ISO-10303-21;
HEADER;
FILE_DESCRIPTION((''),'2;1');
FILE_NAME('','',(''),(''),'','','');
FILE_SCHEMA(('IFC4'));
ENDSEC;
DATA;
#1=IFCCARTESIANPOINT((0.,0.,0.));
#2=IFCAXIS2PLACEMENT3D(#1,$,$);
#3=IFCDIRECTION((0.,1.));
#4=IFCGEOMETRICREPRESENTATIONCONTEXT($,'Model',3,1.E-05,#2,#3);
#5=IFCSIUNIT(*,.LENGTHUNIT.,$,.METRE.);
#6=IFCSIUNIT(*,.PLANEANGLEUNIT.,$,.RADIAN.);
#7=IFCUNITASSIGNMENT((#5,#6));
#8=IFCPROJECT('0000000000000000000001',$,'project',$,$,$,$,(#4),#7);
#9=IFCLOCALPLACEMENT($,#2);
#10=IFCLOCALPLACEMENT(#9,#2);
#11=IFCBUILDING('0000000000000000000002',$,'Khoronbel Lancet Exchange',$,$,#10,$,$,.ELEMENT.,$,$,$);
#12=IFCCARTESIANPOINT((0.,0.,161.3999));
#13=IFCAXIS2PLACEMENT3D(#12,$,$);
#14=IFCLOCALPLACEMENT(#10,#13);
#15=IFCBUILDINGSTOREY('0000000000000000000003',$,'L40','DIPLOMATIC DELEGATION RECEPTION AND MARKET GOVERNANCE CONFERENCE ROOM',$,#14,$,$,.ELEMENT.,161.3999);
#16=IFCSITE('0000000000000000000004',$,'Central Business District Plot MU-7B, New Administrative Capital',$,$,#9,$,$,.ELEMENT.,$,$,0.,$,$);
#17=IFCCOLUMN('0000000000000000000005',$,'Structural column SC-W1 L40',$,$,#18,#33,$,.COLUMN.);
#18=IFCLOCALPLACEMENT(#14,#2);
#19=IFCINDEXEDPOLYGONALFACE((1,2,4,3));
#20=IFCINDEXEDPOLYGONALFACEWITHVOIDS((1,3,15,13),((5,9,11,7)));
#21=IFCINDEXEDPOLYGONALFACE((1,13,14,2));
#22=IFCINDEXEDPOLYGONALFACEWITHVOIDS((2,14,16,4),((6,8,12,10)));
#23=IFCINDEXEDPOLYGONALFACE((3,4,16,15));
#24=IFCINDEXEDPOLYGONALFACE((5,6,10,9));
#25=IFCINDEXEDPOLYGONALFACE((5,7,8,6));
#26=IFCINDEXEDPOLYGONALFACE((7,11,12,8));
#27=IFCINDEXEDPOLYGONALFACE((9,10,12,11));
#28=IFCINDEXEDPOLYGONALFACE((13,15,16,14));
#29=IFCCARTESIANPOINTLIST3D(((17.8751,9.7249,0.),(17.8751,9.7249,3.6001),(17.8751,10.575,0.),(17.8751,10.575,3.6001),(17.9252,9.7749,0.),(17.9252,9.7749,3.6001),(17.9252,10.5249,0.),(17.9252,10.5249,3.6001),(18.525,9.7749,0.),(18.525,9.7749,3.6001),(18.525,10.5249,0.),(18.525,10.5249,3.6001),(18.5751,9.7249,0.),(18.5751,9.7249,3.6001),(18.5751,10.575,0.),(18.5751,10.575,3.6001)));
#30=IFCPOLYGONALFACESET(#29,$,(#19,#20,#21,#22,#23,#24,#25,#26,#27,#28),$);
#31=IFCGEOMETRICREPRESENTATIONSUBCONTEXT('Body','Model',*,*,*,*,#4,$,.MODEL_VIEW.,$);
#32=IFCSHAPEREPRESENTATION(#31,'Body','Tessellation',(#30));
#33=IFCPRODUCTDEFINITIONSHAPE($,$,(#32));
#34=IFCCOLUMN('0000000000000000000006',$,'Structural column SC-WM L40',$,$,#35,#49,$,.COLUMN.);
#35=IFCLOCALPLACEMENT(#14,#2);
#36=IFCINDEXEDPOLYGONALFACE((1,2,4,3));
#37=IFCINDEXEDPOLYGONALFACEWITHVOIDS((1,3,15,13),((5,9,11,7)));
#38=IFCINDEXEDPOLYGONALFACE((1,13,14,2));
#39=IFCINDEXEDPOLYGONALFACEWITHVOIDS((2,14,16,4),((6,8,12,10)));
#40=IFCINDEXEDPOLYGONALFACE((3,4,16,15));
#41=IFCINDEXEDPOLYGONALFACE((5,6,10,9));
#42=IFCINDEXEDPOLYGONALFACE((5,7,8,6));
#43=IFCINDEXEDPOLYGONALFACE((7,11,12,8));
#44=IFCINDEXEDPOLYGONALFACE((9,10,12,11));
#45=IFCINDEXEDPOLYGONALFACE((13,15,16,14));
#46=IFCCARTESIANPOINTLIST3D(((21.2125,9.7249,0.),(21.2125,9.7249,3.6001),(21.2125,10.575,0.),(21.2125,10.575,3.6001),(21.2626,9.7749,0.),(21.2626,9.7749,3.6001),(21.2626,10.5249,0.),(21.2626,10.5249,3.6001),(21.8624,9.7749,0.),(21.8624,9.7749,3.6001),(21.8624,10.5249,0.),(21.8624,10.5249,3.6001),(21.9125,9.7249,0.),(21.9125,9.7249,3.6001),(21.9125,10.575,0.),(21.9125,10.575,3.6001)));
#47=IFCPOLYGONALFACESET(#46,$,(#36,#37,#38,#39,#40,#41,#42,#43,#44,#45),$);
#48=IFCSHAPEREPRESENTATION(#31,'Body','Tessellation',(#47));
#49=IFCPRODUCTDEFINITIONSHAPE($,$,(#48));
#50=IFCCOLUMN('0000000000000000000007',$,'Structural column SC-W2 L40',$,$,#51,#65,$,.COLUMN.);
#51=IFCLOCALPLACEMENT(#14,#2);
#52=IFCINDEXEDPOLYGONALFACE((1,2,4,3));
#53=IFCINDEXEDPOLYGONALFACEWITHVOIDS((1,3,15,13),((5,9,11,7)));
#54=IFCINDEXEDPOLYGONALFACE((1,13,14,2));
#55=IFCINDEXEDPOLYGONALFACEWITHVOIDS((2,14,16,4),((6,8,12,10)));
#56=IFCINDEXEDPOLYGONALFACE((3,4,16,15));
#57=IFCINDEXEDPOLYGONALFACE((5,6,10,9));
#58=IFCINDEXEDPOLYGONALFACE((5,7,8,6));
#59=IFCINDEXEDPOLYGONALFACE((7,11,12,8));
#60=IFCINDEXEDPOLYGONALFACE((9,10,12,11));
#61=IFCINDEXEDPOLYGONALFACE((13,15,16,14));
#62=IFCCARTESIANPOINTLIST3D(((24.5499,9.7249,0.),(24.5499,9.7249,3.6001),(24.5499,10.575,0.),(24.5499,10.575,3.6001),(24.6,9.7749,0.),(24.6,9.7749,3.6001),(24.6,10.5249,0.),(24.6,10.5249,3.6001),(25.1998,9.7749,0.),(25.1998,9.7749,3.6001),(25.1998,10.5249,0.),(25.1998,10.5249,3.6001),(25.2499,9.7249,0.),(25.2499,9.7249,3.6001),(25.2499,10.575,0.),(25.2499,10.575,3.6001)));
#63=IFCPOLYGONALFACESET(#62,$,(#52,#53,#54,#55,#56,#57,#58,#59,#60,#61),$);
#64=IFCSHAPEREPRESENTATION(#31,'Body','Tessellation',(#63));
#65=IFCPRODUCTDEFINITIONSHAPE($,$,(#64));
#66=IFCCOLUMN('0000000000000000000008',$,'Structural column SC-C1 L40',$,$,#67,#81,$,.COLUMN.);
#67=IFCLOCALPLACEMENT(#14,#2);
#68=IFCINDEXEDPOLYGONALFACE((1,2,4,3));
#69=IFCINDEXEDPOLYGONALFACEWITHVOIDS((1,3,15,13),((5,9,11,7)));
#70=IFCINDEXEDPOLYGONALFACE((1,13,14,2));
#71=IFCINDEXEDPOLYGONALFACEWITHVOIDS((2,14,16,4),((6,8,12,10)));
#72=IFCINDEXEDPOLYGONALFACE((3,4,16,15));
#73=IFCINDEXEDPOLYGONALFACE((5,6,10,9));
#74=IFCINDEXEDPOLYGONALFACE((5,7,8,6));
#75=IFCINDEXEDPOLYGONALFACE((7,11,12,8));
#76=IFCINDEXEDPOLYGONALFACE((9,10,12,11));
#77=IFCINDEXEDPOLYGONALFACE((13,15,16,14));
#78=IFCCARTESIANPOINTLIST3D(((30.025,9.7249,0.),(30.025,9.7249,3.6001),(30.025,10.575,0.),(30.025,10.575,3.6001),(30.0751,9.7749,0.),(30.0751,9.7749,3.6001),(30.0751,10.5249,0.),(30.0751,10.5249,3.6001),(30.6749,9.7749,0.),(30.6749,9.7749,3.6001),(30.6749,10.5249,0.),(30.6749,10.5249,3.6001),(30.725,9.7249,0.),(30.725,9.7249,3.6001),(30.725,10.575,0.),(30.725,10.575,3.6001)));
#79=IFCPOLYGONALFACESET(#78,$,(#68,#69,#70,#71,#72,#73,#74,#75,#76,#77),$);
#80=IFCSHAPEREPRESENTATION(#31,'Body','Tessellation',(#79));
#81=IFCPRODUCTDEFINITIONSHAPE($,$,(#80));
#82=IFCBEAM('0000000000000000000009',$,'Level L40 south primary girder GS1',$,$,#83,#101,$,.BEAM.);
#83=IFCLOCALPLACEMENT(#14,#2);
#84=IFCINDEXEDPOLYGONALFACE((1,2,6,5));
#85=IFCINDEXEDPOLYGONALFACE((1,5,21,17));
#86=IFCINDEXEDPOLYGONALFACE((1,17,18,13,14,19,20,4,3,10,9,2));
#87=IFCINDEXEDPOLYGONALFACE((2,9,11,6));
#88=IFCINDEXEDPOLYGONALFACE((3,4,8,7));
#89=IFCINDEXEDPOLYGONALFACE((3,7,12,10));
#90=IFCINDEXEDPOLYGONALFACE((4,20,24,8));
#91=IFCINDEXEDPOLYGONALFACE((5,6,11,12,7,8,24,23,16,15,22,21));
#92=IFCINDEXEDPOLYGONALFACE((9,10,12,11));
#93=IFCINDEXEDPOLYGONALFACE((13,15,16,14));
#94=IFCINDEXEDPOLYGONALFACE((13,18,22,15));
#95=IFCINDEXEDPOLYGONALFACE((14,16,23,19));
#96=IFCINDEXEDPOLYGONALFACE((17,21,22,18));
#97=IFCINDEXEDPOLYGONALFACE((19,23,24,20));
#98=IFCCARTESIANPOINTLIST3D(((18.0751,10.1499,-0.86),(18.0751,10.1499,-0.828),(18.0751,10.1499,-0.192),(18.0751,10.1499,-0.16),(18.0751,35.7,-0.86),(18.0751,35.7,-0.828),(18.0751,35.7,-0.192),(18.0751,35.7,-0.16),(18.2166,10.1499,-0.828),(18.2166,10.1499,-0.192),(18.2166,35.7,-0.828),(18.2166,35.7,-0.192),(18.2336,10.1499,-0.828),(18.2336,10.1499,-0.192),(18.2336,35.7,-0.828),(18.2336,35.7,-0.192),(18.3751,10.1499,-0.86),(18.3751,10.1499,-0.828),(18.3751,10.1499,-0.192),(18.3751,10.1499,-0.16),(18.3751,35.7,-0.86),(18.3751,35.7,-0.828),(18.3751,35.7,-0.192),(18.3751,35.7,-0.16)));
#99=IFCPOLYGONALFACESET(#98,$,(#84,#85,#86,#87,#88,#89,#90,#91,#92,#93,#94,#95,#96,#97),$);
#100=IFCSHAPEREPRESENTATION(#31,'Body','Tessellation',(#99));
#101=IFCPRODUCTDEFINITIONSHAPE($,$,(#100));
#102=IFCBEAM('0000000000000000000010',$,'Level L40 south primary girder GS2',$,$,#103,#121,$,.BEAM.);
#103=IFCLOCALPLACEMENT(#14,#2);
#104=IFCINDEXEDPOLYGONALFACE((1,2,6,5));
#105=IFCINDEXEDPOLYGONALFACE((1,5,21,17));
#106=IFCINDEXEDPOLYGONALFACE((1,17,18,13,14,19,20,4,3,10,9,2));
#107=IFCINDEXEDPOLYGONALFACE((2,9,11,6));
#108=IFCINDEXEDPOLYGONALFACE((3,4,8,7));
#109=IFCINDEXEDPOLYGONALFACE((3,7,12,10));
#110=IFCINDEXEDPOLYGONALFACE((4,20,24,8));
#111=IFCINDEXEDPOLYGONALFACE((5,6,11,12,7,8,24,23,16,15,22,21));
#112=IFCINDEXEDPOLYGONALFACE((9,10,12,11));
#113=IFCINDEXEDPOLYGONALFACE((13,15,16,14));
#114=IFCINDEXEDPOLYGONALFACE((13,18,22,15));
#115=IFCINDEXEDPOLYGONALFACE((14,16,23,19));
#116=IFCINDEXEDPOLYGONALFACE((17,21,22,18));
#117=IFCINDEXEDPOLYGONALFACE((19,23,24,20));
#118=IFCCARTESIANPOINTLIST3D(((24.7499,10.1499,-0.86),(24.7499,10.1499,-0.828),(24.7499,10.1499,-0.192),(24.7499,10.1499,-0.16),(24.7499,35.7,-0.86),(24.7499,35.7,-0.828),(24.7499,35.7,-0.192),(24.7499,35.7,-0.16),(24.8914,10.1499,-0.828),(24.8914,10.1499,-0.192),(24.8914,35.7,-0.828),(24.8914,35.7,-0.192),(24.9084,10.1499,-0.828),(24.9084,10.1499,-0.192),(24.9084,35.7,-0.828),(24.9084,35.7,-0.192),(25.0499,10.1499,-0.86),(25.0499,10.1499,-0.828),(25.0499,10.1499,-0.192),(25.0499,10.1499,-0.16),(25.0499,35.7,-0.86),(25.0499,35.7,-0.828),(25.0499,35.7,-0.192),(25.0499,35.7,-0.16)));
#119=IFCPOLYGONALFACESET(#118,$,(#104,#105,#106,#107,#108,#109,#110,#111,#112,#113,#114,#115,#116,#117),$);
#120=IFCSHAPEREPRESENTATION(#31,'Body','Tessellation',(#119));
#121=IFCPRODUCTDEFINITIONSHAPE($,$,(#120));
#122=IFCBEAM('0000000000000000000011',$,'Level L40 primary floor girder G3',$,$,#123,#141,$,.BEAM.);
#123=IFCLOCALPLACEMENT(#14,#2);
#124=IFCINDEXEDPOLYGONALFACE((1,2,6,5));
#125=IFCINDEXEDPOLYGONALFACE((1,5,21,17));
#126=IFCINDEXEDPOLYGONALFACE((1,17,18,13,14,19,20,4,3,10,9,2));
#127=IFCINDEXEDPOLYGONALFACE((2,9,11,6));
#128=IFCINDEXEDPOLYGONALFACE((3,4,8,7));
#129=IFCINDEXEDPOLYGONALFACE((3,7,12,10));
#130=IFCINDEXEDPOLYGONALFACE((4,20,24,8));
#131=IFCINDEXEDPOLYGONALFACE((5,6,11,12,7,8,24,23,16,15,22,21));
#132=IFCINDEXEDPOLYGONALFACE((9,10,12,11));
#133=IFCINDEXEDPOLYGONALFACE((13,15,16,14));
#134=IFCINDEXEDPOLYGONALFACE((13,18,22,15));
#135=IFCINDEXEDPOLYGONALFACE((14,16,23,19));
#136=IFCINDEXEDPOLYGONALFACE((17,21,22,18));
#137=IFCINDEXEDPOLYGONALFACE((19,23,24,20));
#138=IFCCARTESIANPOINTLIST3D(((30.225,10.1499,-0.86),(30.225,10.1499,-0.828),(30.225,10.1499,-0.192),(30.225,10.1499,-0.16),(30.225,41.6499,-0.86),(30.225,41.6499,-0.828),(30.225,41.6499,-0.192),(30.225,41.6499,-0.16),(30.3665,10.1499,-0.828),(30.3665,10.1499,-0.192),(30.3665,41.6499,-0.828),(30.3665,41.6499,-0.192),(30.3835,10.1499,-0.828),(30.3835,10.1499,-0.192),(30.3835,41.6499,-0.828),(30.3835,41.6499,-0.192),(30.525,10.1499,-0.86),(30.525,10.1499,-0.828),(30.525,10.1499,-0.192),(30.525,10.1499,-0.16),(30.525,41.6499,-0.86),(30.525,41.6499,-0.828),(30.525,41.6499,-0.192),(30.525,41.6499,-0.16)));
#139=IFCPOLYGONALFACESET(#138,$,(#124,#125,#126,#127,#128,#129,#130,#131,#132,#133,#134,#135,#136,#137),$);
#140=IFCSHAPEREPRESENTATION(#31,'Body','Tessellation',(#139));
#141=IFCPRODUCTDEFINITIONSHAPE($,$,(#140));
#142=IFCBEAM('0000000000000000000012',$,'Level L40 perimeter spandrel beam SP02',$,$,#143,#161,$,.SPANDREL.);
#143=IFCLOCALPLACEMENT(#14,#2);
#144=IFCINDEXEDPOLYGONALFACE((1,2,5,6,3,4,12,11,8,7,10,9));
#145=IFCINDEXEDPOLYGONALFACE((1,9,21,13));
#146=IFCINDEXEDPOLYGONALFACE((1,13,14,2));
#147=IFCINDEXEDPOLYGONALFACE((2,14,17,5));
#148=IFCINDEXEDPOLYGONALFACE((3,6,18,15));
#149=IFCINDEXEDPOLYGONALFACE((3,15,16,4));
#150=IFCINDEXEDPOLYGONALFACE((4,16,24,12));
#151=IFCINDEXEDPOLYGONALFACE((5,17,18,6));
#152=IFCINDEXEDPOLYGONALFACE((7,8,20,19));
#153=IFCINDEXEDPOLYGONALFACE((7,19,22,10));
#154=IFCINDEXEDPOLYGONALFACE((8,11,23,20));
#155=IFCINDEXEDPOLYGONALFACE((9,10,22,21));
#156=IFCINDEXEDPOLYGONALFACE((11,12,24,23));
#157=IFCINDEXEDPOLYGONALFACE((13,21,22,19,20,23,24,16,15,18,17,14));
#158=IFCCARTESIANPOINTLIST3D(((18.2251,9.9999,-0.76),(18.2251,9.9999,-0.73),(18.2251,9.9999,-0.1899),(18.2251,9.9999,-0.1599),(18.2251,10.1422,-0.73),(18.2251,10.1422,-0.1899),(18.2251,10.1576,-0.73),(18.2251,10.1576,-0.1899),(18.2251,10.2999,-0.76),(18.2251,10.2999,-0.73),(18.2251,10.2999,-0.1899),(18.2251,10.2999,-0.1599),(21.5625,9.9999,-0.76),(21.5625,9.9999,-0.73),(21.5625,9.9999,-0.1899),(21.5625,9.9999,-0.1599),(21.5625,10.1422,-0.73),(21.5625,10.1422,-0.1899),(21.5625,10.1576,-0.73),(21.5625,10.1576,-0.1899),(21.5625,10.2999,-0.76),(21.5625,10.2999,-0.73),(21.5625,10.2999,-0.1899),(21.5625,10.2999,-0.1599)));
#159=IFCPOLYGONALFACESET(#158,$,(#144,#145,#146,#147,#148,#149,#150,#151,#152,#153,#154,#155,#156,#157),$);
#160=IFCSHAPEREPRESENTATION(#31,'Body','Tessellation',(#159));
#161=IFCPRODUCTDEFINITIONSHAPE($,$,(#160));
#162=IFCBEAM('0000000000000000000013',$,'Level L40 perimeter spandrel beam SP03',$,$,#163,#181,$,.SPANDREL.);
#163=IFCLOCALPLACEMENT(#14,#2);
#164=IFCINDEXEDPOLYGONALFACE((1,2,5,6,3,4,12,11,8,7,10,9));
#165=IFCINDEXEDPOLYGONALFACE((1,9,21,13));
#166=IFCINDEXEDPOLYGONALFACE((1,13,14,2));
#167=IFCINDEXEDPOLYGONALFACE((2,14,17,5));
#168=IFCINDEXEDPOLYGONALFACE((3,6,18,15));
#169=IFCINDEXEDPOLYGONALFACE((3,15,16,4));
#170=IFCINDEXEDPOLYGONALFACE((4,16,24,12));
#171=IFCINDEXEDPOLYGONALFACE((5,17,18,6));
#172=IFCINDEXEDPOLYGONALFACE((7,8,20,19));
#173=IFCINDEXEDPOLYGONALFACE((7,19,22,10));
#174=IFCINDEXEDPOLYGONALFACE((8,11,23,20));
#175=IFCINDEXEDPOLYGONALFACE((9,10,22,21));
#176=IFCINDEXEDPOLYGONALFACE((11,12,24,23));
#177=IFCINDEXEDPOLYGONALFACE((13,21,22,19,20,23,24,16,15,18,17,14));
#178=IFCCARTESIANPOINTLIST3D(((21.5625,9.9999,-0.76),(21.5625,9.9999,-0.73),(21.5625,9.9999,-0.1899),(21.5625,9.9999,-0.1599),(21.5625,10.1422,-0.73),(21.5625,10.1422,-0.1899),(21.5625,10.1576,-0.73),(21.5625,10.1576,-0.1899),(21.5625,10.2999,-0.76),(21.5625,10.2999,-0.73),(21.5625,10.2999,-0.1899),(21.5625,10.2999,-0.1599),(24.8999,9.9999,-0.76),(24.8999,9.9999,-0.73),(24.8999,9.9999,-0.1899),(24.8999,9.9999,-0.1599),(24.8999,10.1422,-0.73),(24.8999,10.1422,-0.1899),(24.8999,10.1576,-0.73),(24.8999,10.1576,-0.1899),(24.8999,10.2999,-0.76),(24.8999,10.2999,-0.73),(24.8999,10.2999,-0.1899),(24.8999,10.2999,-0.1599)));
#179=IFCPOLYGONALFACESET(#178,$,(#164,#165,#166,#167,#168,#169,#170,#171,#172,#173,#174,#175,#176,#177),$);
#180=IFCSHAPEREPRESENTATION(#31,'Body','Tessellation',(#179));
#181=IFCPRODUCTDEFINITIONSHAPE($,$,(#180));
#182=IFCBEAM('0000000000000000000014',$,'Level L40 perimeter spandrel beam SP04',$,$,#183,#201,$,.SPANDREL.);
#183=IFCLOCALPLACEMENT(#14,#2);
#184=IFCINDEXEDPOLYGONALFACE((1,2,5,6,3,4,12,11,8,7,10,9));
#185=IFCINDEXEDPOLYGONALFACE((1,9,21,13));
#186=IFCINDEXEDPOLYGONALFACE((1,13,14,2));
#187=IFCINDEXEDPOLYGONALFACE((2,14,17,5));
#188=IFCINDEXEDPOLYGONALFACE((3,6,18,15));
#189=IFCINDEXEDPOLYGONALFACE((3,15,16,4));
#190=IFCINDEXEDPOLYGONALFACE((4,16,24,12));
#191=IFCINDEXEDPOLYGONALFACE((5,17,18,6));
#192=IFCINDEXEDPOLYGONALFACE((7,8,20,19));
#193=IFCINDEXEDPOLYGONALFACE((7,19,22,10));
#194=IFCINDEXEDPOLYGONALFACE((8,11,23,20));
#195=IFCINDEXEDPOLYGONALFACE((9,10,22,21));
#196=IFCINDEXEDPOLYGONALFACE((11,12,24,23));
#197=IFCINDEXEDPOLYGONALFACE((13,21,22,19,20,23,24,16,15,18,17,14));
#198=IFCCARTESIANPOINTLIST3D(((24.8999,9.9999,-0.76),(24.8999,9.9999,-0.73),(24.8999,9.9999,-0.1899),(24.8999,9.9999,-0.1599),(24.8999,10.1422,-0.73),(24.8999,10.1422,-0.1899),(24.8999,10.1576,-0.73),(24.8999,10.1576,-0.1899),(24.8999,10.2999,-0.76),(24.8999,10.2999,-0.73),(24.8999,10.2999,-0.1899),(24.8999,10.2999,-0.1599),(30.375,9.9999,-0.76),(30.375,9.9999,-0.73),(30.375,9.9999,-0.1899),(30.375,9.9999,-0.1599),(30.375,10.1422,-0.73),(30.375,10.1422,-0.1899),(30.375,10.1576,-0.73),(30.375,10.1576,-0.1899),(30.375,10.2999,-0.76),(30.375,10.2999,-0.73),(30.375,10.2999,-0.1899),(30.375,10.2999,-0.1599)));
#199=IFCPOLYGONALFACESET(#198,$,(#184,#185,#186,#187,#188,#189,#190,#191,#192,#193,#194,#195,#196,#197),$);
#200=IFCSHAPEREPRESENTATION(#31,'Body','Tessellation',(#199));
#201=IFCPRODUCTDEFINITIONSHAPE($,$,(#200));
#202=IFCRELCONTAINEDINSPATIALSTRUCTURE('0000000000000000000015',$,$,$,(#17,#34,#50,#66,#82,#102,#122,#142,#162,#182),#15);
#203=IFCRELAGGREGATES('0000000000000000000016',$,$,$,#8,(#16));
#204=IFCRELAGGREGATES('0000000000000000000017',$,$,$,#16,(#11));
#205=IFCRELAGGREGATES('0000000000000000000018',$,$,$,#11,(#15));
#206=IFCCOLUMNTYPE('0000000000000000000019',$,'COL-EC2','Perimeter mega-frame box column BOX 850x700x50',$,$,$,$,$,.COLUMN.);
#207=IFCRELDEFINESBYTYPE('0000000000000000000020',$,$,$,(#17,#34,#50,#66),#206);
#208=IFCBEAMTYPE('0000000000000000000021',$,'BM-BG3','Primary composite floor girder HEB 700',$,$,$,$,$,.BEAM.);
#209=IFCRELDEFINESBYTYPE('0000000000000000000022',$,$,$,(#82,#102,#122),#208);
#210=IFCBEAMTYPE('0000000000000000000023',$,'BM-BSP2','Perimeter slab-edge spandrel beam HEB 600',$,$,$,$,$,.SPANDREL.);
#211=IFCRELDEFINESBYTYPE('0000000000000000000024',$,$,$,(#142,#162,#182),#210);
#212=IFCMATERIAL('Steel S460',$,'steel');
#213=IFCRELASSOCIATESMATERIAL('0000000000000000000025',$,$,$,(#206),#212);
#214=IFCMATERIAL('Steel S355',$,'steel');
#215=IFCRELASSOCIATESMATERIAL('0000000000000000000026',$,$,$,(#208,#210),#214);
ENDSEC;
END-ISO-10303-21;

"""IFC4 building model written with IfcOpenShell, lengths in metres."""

from ifc_helpers import new_model, si_unit, direction, frame, origin, origin_2d, place, context, subcontext, project, spatial, hollow_rectangle, i_section, extrude, material, material_profile, profile_set, type_object, element, save


model = new_model("IFC4")

# Units and contexts
model_context = context("Model", 3, precision=1e-05, world=origin(), true_north=direction((0.0, 1.0)))
body_context = subcontext(model_context, "Body", "Model", "MODEL_VIEW")
ifc_project = project(units=[si_unit("LENGTHUNIT", "METRE"), si_unit("PLANEANGLEUNIT", "RADIAN")], contexts=[model_context])

# Site, building, storey
site_placement = place(None, origin())
site = spatial("IfcSite", under=ifc_project, at=site_placement, Name="Central Business District Plot MU-7B, New Administrative Capital", CompositionType="ELEMENT", RefElevation=0.0)
building_placement = place(site_placement, origin())
building = spatial("IfcBuilding", under=site, at=building_placement, Name="Khoronbel Lancet Exchange", CompositionType="ELEMENT")
storey_placement = place(building_placement, frame((0.0, 0.0, 161.3999)))
storey = spatial("IfcBuildingStorey", under=building, at=storey_placement, Name="L40", Description="DIPLOMATIC DELEGATION RECEPTION AND MARKET GOVERNANCE CONFERENCE ROOM", CompositionType="ELEMENT", Elevation=161.3999)

# Columns
ifc_material_1 = material(Name="Steel S460", Category="steel")
ifc_material_profile_1 = material_profile(ifc_material_1, hollow_rectangle(XDim=0.7, YDim=0.8501, WallThickness=0.05, at=origin_2d()), Name="BOX 850x700x50")
ifc_profile_set_1 = profile_set([ifc_material_profile_1], Name="Steel S460")
column_type = type_object("IfcColumnType", Name="COL-EC2", Description="Perimeter mega-frame box column BOX 850x700x50", PredefinedType="COLUMN", material=ifc_profile_set_1)
for number, where, z_axis, x_axis, name in (
    (1, (18.2251, 10.1499, 0.0), (0.0, 0.0, 1.0), (1.0, 0.0, 0.0), "Structural column SC-W1 L40"),
    (2, (21.5625, 10.1499, 0.0), (0.0, 0.0, 1.0), (1.0, 0.0, 0.0), "Structural column SC-WM L40"),
    (3, (24.8999, 10.1499, 0.0), (0.0, 0.0, 1.0), (1.0, 0.0, 0.0), "Structural column SC-W2 L40"),
    (4, (30.375, 10.1499, 0.0), (0.0, 0.0, 1.0), (1.0, 0.0, 0.0), "Structural column SC-C1 L40"),
):
    element("IfcColumn", number, at=place(storey_placement, frame(where, z_axis=z_axis, x_axis=x_axis)), inside=storey, type_object=column_type, Name=name, PredefinedType="COLUMN", context=body_context, shape_type="SweptSolid", body=[
        extrude(hollow_rectangle(XDim=0.7, YDim=0.8501, WallThickness=0.05, at=origin_2d()), origin(), (0.0, 0.0, 1.0), 3.6001),
    ])

# Beams
ifc_material_2 = material(Name="Steel S355", Category="steel")
ifc_material_profile_2 = material_profile(ifc_material_2, i_section(OverallWidth=0.3, OverallDepth=0.7, WebThickness=0.0171, FlangeThickness=0.032, at=origin_2d()), Name="HEB 700")
ifc_profile_set_2 = profile_set([ifc_material_profile_2], Name="Steel S355")
beam_type_1 = type_object("IfcBeamType", Name="BM-BG3", Description="Primary composite floor girder HEB 700", PredefinedType="BEAM", material=ifc_profile_set_2)
for number, where, z_axis, x_axis, name in (
    (5, (18.2251, 10.1499, -0.51), (0.0, 1.0, 0.0), (-1.0, 0.0, 0.0), "Level L40 south primary girder GS1"),
    (6, (24.8999, 10.1499, -0.51), (0.0, 1.0, 0.0), (-1.0, 0.0, 0.0), "Level L40 south primary girder GS2"),
):
    element("IfcBeam", number, at=place(storey_placement, frame(where, z_axis=z_axis, x_axis=x_axis)), inside=storey, type_object=beam_type_1, Name=name, PredefinedType="BEAM", context=body_context, shape_type="SweptSolid", body=[
        extrude(i_section(OverallWidth=0.3, OverallDepth=0.7, WebThickness=0.0171, FlangeThickness=0.032, at=origin_2d()), origin(), (0.0, 0.0, 1.0), 25.55),
    ])
beam_1_placement = place(storey_placement, frame((30.375, 10.1499, -0.51), z_axis=(0.0, 1.0, 0.0), x_axis=(-1.0, 0.0, 0.0)))
element("IfcBeam", 7, at=beam_1_placement, inside=storey, type_object=beam_type_1, Name="Level L40 primary floor girder G3", PredefinedType="BEAM", context=body_context, shape_type="SweptSolid", body=[
    extrude(i_section(OverallWidth=0.3, OverallDepth=0.7, WebThickness=0.0171, FlangeThickness=0.032, at=origin_2d()), origin(), (0.0, 0.0, 1.0), 31.5),
])
ifc_material_profile_3 = material_profile(ifc_material_2, i_section(OverallWidth=0.3, OverallDepth=0.6001, WebThickness=0.0154, FlangeThickness=0.03, at=origin_2d()), Name="HEB 600")
ifc_profile_set_3 = profile_set([ifc_material_profile_3], Name="Steel S355")
beam_type_2 = type_object("IfcBeamType", Name="BM-BSP2", Description="Perimeter slab-edge spandrel beam HEB 600", PredefinedType="SPANDREL", material=ifc_profile_set_3)
for number, where, z_axis, x_axis, name in (
    (8, (18.2251, 10.1499, -0.46), (1.0, 0.0, 0.0), (0.0, 1.0, 0.0), "Level L40 perimeter spandrel beam SP02"),
    (9, (21.5625, 10.1499, -0.46), (1.0, 0.0, 0.0), (0.0, 1.0, 0.0), "Level L40 perimeter spandrel beam SP03"),
):
    element("IfcBeam", number, at=place(storey_placement, frame(where, z_axis=z_axis, x_axis=x_axis)), inside=storey, type_object=beam_type_2, Name=name, PredefinedType="SPANDREL", context=body_context, shape_type="SweptSolid", body=[
        extrude(i_section(OverallWidth=0.3, OverallDepth=0.6001, WebThickness=0.0154, FlangeThickness=0.03, at=origin_2d()), origin(), (0.0, 0.0, 1.0), 3.3374),
    ])
beam_2_placement = place(storey_placement, frame((24.8999, 10.1499, -0.46), z_axis=(1.0, 0.0, 0.0), x_axis=(0.0, 1.0, 0.0)))
element("IfcBeam", 10, at=beam_2_placement, inside=storey, type_object=beam_type_2, Name="Level L40 perimeter spandrel beam SP04", PredefinedType="SPANDREL", context=body_context, shape_type="SweptSolid", body=[
    extrude(i_section(OverallWidth=0.3, OverallDepth=0.6001, WebThickness=0.0154, FlangeThickness=0.03, at=origin_2d()), origin(), (0.0, 0.0, 1.0), 5.4751),
])

save(model, "model.ifc")
